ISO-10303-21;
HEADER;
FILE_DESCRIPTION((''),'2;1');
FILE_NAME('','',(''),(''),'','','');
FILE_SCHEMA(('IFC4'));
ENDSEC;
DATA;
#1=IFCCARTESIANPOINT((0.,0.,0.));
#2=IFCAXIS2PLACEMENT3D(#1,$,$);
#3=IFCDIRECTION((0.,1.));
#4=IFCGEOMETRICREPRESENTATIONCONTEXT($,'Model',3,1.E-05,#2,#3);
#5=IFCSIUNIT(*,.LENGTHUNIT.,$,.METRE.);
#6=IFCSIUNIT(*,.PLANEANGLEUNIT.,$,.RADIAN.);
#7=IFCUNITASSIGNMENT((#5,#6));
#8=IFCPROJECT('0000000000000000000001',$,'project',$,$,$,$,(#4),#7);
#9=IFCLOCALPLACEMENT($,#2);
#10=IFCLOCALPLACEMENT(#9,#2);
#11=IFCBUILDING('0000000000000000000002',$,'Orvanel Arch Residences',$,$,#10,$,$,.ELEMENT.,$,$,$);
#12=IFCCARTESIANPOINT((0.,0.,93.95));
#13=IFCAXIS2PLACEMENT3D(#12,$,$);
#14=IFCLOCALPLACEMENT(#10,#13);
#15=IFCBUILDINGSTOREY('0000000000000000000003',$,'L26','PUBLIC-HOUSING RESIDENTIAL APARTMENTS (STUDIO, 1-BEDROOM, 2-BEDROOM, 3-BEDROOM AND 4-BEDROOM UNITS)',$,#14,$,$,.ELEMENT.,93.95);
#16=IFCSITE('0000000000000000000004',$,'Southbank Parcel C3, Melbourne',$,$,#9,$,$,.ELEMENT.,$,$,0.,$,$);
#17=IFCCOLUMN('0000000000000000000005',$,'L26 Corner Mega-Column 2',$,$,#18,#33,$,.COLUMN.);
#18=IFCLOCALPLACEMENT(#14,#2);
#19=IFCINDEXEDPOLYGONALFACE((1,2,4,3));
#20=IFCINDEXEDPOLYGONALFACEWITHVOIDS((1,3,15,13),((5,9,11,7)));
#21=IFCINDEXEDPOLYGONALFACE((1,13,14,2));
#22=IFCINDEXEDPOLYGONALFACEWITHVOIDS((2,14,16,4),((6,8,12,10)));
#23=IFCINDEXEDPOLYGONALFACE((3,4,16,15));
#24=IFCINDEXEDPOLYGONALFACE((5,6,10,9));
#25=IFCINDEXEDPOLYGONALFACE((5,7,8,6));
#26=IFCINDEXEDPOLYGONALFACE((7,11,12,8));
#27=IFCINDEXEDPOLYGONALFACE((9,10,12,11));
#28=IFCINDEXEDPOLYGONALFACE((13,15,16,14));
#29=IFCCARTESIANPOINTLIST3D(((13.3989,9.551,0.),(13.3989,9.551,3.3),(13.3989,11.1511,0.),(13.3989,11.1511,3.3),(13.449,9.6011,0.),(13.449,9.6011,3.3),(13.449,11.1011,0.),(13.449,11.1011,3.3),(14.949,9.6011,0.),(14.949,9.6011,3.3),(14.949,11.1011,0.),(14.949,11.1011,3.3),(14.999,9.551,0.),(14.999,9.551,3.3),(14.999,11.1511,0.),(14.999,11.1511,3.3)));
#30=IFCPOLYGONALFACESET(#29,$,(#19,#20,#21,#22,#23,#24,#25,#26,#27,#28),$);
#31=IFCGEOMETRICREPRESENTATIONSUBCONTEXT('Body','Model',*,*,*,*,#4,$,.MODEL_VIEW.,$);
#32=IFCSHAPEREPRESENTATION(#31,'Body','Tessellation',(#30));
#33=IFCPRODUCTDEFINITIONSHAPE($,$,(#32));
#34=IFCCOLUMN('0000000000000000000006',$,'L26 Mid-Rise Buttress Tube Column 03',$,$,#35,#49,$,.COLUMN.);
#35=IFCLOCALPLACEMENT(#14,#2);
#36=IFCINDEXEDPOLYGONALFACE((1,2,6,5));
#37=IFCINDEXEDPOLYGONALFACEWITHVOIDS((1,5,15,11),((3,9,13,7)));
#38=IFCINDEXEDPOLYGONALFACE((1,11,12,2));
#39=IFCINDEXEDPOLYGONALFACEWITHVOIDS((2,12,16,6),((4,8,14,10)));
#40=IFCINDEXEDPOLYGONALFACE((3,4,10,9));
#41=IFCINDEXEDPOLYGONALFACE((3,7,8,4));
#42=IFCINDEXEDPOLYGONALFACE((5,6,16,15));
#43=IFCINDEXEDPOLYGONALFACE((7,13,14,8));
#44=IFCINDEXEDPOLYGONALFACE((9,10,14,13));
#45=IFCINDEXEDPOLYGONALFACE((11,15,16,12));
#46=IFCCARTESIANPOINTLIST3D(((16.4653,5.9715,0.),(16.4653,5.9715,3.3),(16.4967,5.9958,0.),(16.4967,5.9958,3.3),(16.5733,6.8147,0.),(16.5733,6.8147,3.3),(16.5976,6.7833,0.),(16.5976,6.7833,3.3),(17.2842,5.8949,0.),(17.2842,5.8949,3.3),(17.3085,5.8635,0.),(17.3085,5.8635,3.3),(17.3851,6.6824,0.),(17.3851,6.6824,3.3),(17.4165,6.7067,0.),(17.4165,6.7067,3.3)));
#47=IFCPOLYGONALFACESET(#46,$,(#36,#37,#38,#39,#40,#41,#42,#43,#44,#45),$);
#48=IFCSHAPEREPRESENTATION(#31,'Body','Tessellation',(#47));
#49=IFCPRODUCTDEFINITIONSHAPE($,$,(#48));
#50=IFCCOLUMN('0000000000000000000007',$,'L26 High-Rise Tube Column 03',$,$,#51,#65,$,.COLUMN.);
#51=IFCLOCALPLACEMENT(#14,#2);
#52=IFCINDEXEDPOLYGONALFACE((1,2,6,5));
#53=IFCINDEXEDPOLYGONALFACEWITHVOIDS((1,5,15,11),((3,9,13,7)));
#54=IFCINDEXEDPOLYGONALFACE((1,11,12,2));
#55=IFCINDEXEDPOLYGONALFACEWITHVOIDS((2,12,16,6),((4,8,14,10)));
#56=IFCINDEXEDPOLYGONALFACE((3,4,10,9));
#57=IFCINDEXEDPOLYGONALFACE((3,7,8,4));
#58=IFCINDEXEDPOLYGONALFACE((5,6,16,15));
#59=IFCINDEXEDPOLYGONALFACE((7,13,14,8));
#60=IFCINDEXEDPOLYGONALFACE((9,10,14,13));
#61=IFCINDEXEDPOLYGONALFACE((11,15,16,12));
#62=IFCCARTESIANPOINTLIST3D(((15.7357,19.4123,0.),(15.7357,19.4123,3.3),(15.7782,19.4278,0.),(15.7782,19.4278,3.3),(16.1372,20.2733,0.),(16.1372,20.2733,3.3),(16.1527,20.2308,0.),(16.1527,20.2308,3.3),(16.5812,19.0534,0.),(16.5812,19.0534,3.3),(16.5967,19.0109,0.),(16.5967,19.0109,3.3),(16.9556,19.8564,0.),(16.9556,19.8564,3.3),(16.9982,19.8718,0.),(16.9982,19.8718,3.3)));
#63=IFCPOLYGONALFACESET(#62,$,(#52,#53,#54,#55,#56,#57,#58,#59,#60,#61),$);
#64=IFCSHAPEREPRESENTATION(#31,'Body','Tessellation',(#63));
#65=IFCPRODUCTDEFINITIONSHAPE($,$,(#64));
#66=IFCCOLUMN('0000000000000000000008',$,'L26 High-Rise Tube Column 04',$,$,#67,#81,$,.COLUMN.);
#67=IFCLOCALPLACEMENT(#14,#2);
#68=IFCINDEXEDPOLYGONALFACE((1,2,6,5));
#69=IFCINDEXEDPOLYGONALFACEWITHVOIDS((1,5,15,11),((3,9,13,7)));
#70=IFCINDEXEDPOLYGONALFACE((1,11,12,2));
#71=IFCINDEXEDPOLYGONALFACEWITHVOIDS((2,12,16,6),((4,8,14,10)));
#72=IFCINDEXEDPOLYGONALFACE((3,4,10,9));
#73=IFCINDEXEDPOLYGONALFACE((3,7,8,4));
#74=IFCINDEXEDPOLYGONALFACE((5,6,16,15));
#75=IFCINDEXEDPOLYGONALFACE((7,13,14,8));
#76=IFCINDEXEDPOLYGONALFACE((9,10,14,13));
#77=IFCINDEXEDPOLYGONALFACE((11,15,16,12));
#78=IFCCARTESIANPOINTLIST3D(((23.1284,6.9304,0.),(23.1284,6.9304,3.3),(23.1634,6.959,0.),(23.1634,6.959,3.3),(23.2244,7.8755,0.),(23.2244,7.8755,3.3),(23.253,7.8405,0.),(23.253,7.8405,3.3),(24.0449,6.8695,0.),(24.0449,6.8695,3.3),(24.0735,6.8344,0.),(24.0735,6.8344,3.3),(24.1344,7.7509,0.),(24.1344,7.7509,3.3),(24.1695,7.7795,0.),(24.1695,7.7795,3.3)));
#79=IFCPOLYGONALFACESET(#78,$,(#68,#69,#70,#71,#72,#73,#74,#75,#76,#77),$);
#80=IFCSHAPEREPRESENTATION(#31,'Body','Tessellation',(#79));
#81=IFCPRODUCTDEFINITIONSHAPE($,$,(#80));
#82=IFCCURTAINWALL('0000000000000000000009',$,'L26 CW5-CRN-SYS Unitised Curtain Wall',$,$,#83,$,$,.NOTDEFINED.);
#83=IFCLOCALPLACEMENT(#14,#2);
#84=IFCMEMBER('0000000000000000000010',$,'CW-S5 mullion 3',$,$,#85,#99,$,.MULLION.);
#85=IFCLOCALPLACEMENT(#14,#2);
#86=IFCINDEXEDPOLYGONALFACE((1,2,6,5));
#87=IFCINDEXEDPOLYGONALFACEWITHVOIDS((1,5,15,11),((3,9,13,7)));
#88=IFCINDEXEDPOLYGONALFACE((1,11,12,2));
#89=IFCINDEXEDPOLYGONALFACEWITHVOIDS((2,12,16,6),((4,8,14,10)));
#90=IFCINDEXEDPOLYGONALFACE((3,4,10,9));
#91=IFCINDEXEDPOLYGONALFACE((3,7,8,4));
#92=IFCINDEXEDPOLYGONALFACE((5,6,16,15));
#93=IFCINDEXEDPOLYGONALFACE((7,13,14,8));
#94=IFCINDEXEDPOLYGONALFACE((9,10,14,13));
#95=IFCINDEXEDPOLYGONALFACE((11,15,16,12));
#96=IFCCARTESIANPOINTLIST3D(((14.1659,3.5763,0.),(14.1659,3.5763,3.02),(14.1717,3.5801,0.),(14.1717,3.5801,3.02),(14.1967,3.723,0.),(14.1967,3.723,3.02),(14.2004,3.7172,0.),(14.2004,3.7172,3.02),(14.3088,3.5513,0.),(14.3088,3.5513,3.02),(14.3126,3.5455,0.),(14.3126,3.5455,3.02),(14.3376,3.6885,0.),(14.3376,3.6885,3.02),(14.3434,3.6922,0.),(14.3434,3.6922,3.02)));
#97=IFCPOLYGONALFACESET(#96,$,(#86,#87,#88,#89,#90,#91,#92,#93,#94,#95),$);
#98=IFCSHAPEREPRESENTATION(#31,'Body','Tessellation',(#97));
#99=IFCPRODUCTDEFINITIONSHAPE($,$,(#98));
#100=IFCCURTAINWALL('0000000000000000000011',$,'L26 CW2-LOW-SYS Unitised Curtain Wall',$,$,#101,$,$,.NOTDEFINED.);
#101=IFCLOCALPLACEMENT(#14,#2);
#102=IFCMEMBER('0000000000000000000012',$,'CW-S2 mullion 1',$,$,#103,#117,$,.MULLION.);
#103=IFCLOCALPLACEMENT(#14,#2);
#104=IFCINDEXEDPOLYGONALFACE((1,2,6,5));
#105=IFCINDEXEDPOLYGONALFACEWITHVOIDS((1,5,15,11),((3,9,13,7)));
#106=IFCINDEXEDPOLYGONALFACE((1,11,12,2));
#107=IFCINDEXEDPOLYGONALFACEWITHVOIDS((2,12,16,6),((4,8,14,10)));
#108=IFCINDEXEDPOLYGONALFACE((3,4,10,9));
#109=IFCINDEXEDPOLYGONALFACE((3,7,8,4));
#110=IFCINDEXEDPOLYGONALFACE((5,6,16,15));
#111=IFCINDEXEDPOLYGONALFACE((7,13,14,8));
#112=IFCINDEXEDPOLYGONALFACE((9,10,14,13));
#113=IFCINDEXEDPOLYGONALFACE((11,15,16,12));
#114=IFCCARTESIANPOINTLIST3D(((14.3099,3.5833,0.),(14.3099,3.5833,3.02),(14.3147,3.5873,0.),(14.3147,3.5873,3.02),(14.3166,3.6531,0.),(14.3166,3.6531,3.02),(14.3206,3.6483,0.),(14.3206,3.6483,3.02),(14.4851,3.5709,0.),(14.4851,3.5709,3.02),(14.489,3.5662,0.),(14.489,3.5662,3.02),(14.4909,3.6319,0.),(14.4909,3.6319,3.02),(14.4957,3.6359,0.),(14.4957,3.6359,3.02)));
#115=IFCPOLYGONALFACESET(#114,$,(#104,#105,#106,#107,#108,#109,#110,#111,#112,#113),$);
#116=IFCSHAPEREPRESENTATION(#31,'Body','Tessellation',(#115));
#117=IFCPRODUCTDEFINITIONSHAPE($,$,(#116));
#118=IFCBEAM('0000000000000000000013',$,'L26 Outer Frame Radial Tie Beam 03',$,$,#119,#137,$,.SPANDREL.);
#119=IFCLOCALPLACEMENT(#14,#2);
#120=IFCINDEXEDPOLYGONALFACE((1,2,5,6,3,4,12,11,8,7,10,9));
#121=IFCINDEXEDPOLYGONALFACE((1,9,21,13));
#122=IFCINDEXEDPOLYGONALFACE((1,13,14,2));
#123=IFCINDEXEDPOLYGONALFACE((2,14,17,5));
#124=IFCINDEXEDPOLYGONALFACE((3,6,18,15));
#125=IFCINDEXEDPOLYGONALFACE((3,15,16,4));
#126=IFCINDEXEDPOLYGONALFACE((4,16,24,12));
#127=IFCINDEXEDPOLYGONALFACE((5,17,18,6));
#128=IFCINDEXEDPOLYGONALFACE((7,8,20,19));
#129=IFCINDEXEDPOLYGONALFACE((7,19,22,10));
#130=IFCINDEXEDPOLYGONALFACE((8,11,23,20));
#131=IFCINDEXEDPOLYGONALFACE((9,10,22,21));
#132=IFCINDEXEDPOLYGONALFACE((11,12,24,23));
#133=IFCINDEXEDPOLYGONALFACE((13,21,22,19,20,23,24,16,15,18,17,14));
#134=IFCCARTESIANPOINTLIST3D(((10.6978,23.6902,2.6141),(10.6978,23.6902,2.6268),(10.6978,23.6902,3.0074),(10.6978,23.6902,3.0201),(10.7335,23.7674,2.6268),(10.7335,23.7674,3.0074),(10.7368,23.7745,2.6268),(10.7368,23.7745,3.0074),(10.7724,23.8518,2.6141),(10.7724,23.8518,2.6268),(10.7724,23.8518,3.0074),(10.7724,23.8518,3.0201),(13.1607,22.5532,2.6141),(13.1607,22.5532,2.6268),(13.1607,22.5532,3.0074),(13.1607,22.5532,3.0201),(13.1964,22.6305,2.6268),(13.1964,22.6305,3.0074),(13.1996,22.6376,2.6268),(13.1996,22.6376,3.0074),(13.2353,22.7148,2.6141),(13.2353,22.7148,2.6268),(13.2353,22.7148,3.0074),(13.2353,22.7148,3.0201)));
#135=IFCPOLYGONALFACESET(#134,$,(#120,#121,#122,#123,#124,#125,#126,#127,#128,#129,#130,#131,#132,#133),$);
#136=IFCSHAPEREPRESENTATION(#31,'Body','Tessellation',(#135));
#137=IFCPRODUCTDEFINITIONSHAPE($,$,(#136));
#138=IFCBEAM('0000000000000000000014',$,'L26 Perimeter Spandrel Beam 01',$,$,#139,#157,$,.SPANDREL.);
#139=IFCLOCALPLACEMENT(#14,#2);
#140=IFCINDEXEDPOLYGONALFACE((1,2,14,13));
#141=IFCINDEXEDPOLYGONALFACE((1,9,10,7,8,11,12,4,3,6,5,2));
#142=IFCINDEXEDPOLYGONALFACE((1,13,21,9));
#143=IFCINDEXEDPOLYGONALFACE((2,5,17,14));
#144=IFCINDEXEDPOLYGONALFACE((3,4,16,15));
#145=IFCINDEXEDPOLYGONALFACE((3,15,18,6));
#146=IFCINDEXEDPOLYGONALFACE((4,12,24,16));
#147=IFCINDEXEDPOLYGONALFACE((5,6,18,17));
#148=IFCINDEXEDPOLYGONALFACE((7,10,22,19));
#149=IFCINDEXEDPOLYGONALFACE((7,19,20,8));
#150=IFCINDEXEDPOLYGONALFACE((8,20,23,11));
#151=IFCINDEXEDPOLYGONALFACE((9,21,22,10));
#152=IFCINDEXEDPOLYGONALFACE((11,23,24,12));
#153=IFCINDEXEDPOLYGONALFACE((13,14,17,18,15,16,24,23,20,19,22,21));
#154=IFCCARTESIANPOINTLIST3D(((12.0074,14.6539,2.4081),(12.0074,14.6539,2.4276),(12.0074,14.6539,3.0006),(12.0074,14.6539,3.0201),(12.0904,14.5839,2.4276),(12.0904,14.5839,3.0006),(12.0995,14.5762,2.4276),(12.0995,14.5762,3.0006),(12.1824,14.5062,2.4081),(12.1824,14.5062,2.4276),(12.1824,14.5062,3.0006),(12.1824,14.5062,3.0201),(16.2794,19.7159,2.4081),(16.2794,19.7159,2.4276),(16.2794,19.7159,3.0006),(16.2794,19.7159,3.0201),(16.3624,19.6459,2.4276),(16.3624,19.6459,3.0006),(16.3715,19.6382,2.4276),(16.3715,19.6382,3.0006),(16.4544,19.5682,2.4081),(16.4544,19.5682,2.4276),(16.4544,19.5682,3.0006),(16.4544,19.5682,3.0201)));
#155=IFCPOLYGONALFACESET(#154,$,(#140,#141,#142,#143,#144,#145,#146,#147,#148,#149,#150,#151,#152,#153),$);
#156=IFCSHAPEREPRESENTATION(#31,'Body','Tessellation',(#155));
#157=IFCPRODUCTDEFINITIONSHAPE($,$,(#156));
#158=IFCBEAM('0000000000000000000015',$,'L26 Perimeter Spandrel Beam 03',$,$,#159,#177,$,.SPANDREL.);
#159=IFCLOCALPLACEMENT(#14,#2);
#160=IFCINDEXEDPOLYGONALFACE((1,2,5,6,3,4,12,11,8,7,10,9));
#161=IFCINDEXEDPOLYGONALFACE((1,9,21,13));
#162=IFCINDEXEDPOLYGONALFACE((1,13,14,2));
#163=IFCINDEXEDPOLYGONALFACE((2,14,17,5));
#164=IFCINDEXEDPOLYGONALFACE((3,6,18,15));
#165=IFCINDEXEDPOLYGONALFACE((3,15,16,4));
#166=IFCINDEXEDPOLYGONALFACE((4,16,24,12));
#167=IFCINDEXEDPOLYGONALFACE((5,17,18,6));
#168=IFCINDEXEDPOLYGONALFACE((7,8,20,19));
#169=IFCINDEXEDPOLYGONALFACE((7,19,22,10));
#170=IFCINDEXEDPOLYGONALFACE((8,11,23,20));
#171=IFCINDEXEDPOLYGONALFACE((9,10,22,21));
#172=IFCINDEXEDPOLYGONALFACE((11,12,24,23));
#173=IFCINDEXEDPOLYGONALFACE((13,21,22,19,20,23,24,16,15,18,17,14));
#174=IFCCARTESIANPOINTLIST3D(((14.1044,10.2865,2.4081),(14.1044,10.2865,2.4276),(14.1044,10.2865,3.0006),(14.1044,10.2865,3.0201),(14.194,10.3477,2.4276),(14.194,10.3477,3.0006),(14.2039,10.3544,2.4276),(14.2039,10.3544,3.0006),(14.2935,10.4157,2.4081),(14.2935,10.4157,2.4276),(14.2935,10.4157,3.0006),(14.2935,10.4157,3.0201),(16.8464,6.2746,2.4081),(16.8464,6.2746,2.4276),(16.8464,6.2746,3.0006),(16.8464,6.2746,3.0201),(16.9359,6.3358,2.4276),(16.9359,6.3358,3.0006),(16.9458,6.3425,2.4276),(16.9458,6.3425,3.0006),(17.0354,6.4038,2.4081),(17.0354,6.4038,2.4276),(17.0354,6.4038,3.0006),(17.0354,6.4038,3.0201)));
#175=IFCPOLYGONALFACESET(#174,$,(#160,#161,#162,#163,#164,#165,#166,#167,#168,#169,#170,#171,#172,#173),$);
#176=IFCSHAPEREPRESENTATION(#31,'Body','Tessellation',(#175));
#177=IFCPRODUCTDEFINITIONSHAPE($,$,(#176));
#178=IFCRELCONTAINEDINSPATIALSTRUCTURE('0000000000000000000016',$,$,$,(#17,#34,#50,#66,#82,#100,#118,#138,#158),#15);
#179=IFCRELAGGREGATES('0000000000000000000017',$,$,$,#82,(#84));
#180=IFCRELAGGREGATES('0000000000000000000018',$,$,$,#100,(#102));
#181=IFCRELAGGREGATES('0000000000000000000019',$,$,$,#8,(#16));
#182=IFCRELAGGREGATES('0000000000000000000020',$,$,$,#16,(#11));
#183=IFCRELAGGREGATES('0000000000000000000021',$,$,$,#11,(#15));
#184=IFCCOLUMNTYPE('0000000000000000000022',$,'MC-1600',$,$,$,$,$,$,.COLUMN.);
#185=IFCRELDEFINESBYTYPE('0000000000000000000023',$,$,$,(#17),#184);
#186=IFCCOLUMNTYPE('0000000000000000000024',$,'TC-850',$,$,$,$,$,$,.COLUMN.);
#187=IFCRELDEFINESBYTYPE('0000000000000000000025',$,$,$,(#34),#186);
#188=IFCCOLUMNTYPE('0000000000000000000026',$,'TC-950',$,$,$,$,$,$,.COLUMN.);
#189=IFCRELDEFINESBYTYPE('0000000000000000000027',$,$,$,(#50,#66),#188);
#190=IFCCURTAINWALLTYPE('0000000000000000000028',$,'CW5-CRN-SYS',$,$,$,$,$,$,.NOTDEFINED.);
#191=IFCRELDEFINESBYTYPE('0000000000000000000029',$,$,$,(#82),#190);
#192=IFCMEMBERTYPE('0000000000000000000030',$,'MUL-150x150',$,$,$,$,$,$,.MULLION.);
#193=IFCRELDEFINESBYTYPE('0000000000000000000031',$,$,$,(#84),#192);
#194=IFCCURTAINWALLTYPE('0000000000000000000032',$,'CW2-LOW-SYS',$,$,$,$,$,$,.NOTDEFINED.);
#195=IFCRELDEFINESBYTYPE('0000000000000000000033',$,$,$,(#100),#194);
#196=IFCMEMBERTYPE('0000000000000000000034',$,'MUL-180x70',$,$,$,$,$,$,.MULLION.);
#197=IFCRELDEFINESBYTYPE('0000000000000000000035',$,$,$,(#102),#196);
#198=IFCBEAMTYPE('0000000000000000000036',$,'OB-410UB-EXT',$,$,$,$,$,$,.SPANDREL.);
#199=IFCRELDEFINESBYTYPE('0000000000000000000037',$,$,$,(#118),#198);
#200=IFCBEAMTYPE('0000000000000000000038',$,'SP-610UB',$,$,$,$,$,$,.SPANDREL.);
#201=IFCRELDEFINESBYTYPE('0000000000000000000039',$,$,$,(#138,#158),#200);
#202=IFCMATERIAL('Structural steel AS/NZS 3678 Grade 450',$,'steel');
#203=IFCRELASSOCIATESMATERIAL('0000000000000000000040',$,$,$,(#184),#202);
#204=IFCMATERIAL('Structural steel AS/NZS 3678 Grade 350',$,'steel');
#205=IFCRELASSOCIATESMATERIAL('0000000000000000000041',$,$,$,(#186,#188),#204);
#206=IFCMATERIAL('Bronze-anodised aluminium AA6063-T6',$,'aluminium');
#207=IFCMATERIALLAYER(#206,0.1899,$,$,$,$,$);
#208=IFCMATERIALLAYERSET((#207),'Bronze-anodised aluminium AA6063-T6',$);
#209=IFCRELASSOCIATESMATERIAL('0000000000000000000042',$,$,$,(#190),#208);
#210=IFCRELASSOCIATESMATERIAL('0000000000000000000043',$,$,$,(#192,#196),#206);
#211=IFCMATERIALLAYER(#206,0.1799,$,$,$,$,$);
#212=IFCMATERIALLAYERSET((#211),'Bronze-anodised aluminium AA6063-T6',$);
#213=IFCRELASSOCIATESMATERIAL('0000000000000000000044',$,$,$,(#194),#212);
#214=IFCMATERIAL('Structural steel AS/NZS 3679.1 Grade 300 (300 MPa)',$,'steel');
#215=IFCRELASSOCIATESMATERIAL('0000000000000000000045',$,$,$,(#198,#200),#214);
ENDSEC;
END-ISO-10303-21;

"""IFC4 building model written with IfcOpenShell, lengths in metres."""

from ifc_helpers import new_model, si_unit, direction, frame, origin, origin_2d, place, context, subcontext, project, spatial, hollow_rectangle, i_section, extrude, material, layer, layer_set, material_profile, profile_set, type_object, element, aggregate, save


model = new_model("IFC4")

# Units and contexts
model_context = context("Model", 3, precision=1e-05, world=origin(), true_north=direction((0.0, 1.0)))
body_context = subcontext(model_context, "Body", "Model", "MODEL_VIEW")
ifc_project = project(units=[si_unit("LENGTHUNIT", "METRE"), si_unit("PLANEANGLEUNIT", "RADIAN")], contexts=[model_context])

# Site, building, storey
site_placement = place(None, origin())
site = spatial("IfcSite", under=ifc_project, at=site_placement, Name="Southbank Parcel C3, Melbourne", CompositionType="ELEMENT", RefElevation=0.0)
building_placement = place(site_placement, origin())
building = spatial("IfcBuilding", under=site, at=building_placement, Name="Orvanel Arch Residences", CompositionType="ELEMENT")
storey_placement = place(building_placement, frame((0.0, 0.0, 93.95)))
storey = spatial("IfcBuildingStorey", under=building, at=storey_placement, Name="L26", Description="PUBLIC-HOUSING RESIDENTIAL APARTMENTS (STUDIO, 1-BEDROOM, 2-BEDROOM, 3-BEDROOM AND 4-BEDROOM UNITS)", CompositionType="ELEMENT", Elevation=93.95)

# Columns
ifc_material_1 = material(Name="Structural steel AS/NZS 3678 Grade 450", Category="steel")
ifc_material_profile_1 = material_profile(ifc_material_1, hollow_rectangle(XDim=1.6001, YDim=1.6001, WallThickness=0.05, at=origin_2d()), Name="BOX1600x1600x50")
ifc_profile_set_1 = profile_set([ifc_material_profile_1], Name="Structural steel AS/NZS 3678 Grade 450")
column_type_1 = type_object("IfcColumnType", Name="MC-1600", PredefinedType="COLUMN", material=ifc_profile_set_1)
column_1_placement = place(storey_placement, frame((14.199, 10.3511, 0.0), z_axis=(0.0, 0.0, 1.0), x_axis=(1.0, 0.0, 0.0)))
element("IfcColumn", 1, at=column_1_placement, inside=storey, type_object=column_type_1, Name="L26 Corner Mega-Column 2", PredefinedType="COLUMN", context=body_context, shape_type="SweptSolid", body=[
    extrude(hollow_rectangle(XDim=1.6001, YDim=1.6001, WallThickness=0.05, at=origin_2d()), origin(), (0.0, 0.0, 1.0), 3.3),
])
ifc_material_2 = material(Name="Structural steel AS/NZS 3678 Grade 350", Category="steel")
ifc_material_profile_2 = material_profile(ifc_material_2, hollow_rectangle(XDim=0.8501, YDim=0.8501, WallThickness=0.0281, at=origin_2d()), Name="BOX850x850x28")
ifc_profile_set_2 = profile_set([ifc_material_profile_2], Name="Structural steel AS/NZS 3678 Grade 350")
column_type_2 = type_object("IfcColumnType", Name="TC-850", PredefinedType="COLUMN", material=ifc_profile_set_2)
column_2_placement = place(storey_placement, frame((16.9409, 6.3391, 0.0), z_axis=(0.0, 0.0, 1.0), x_axis=(-0.991894, 0.127065, 0.0)))
element("IfcColumn", 2, at=column_2_placement, inside=storey, type_object=column_type_2, Name="L26 Mid-Rise Buttress Tube Column 03", PredefinedType="COLUMN", context=body_context, shape_type="SweptSolid", body=[
    extrude(hollow_rectangle(XDim=0.8501, YDim=0.8501, WallThickness=0.0281, at=origin_2d()), origin(), (0.0, 0.0, 1.0), 3.3),
])
ifc_material_profile_3 = material_profile(ifc_material_2, hollow_rectangle(XDim=0.95, YDim=0.95, WallThickness=0.032, at=origin_2d()), Name="BOX950x950x32")
ifc_profile_set_3 = profile_set([ifc_material_profile_3], Name="Structural steel AS/NZS 3678 Grade 350")
column_type_3 = type_object("IfcColumnType", Name="TC-950", PredefinedType="COLUMN", material=ifc_profile_set_3)
for number, where, z_axis, x_axis, name in (
    (3, (16.3669, 19.6421, 0.0), (0.0, 0.0, 1.0), (0.422618, 0.906308, 0.0), "L26 High-Rise Tube Column 03"),
    (4, (23.6489, 7.355, 0.0), (0.0, 0.0, 1.0), (-0.994881, 0.101056, 0.0), "L26 High-Rise Tube Column 04"),
):
    element("IfcColumn", number, at=place(storey_placement, frame(where, z_axis=z_axis, x_axis=x_axis)), inside=storey, type_object=column_type_3, Name=name, PredefinedType="COLUMN", context=body_context, shape_type="SweptSolid", body=[
        extrude(hollow_rectangle(XDim=0.95, YDim=0.95, WallThickness=0.032, at=origin_2d()), origin(), (0.0, 0.0, 1.0), 3.3),
    ])

# Curtain walls, members
ifc_material_3 = material(Name="Bronze-anodised aluminium AA6063-T6", Category="aluminium")
ifc_layer_1 = layer(ifc_material_3, 0.1899)
ifc_layer_set_1 = layer_set([ifc_layer_1], Name="Bronze-anodised aluminium AA6063-T6")
curtain_wall_type_1 = type_object("IfcCurtainWallType", Name="CW5-CRN-SYS", PredefinedType="NOTDEFINED", material=ifc_layer_set_1)
curtain_wall_1_placement = place(storey_placement, origin())
curtain_wall_1 = element("IfcCurtainWall", 5, at=curtain_wall_1_placement, inside=storey, type_object=curtain_wall_type_1, Name="L26 CW5-CRN-SYS Unitised Curtain Wall", PredefinedType="NOTDEFINED")
ifc_material_profile_4 = material_profile(ifc_material_3, hollow_rectangle(XDim=0.1499, YDim=0.1499, WallThickness=0.0049, at=origin_2d()), Name="ALU150x150x5")
ifc_profile_set_4 = profile_set([ifc_material_profile_4], Name="Bronze-anodised aluminium AA6063-T6")
member_type_1 = type_object("IfcMemberType", Name="MUL-150x150", PredefinedType="MULLION", material=ifc_profile_set_4)
member_1_placement = place(storey_placement, frame((14.2546, 3.6343, 0.0), z_axis=(0.0, 0.0, 1.0), x_axis=(0.205293, 0.9787, 0.0)))
member_1 = element("IfcMember", 6, at=member_1_placement, type_object=member_type_1, Name="CW-S5 mullion 3", PredefinedType="MULLION", context=body_context, shape_type="SweptSolid", body=[
    extrude(hollow_rectangle(XDim=0.1499, YDim=0.1499, WallThickness=0.0049, at=origin_2d()), origin(), (0.0, 0.0, 1.0), 3.02),
])
aggregate(curtain_wall_1, [member_1])
ifc_layer_2 = layer(ifc_material_3, 0.1799)
ifc_layer_set_2 = layer_set([ifc_layer_2], Name="Bronze-anodised aluminium AA6063-T6")
curtain_wall_type_2 = type_object("IfcCurtainWallType", Name="CW2-LOW-SYS", PredefinedType="NOTDEFINED", material=ifc_layer_set_2)
curtain_wall_2_placement = place(storey_placement, origin())
curtain_wall_2 = element("IfcCurtainWall", 7, at=curtain_wall_2_placement, inside=storey, type_object=curtain_wall_type_2, Name="L26 CW2-LOW-SYS Unitised Curtain Wall", PredefinedType="NOTDEFINED")
ifc_material_profile_5 = material_profile(ifc_material_3, hollow_rectangle(XDim=0.0701, YDim=0.1799, WallThickness=0.0044, at=origin_2d()), Name="ALU180x70x4.5")
ifc_profile_set_5 = profile_set([ifc_material_profile_5], Name="Bronze-anodised aluminium AA6063-T6")
member_type_2 = type_object("IfcMemberType", Name="MUL-180x70", PredefinedType="MULLION", material=ifc_profile_set_5)
member_2_placement = place(storey_placement, frame((14.4028, 3.6096, 0.0), z_axis=(0.0, 0.0, 1.0), x_axis=(0.095487, 0.995431, 0.0)))
member_2 = element("IfcMember", 8, at=member_2_placement, type_object=member_type_2, Name="CW-S2 mullion 1", PredefinedType="MULLION", context=body_context, shape_type="SweptSolid", body=[
    extrude(hollow_rectangle(XDim=0.0701, YDim=0.1799, WallThickness=0.0044, at=origin_2d()), origin(), (0.0, 0.0, 1.0), 3.02),
])

# Beams
ifc_material_4 = material(Name="Structural steel AS/NZS 3679.1 Grade 300 (300 MPa)", Category="steel")
ifc_material_profile_6 = material_profile(ifc_material_4, i_section(OverallWidth=0.178, OverallDepth=0.406, WebThickness=0.0078, FlangeThickness=0.0127, at=origin_2d()), Name="410UB59.7")
ifc_profile_set_6 = profile_set([ifc_material_profile_6], Name="Structural steel AS/NZS 3679.1 Grade 300 (300 MPa)")
beam_type_1 = type_object("IfcBeamType", Name="OB-410UB-EXT", PredefinedType="SPANDREL", material=ifc_profile_set_6)
beam_1_placement = place(storey_placement, frame((13.198, 22.634, 2.8171), z_axis=(-0.907925, 0.419132, 0.0), x_axis=(-0.419132, -0.907925, 0.0)))
element("IfcBeam", 9, at=beam_1_placement, inside=storey, type_object=beam_type_1, Name="L26 Outer Frame Radial Tie Beam 03", PredefinedType="SPANDREL", context=body_context, shape_type="SweptSolid", body=[
    extrude(i_section(OverallWidth=0.178, OverallDepth=0.406, WebThickness=0.0078, FlangeThickness=0.0127, at=origin_2d()), origin(), (0.0, 0.0, 1.0), 2.7126),
])
ifc_material_profile_7 = material_profile(ifc_material_4, i_section(OverallWidth=0.229, OverallDepth=0.6121, WebThickness=0.012, FlangeThickness=0.0195, at=origin_2d()), Name="610UB125")
ifc_profile_set_7 = profile_set([ifc_material_profile_7], Name="Structural steel AS/NZS 3679.1 Grade 300 (300 MPa)")
beam_type_2 = type_object("IfcBeamType", Name="SP-610UB", PredefinedType="SPANDREL", material=ifc_profile_set_7)
beam_2_placement = place(storey_placement, frame((16.3669, 19.6421, 2.7141), z_axis=(-0.64495, -0.764224, 0.0), x_axis=(0.764224, -0.64495, 0.0)))
element("IfcBeam", 10, at=beam_2_placement, inside=storey, type_object=beam_type_2, Name="L26 Perimeter Spandrel Beam 01", PredefinedType="SPANDREL", context=body_context, shape_type="SweptSolid", body=[
    extrude(i_section(OverallWidth=0.229, OverallDepth=0.6121, WebThickness=0.012, FlangeThickness=0.0195, at=origin_2d()), origin(), (0.0, 0.0, 1.0), 6.6238),
])
beam_3_placement = place(storey_placement, frame((14.199, 10.3511, 2.7141), z_axis=(0.564252, -0.825603, 0.0), x_axis=(0.825603, 0.564252, 0.0)))
element("IfcBeam", 11, at=beam_3_placement, inside=storey, type_object=beam_type_2, Name="L26 Perimeter Spandrel Beam 03", PredefinedType="SPANDREL", context=body_context, shape_type="SweptSolid", body=[
    extrude(i_section(OverallWidth=0.229, OverallDepth=0.6121, WebThickness=0.012, FlangeThickness=0.0195, at=origin_2d()), origin(), (0.0, 0.0, 1.0), 4.8594),
])

aggregate(curtain_wall_2, [member_2])

save(model, "model.ifc")
